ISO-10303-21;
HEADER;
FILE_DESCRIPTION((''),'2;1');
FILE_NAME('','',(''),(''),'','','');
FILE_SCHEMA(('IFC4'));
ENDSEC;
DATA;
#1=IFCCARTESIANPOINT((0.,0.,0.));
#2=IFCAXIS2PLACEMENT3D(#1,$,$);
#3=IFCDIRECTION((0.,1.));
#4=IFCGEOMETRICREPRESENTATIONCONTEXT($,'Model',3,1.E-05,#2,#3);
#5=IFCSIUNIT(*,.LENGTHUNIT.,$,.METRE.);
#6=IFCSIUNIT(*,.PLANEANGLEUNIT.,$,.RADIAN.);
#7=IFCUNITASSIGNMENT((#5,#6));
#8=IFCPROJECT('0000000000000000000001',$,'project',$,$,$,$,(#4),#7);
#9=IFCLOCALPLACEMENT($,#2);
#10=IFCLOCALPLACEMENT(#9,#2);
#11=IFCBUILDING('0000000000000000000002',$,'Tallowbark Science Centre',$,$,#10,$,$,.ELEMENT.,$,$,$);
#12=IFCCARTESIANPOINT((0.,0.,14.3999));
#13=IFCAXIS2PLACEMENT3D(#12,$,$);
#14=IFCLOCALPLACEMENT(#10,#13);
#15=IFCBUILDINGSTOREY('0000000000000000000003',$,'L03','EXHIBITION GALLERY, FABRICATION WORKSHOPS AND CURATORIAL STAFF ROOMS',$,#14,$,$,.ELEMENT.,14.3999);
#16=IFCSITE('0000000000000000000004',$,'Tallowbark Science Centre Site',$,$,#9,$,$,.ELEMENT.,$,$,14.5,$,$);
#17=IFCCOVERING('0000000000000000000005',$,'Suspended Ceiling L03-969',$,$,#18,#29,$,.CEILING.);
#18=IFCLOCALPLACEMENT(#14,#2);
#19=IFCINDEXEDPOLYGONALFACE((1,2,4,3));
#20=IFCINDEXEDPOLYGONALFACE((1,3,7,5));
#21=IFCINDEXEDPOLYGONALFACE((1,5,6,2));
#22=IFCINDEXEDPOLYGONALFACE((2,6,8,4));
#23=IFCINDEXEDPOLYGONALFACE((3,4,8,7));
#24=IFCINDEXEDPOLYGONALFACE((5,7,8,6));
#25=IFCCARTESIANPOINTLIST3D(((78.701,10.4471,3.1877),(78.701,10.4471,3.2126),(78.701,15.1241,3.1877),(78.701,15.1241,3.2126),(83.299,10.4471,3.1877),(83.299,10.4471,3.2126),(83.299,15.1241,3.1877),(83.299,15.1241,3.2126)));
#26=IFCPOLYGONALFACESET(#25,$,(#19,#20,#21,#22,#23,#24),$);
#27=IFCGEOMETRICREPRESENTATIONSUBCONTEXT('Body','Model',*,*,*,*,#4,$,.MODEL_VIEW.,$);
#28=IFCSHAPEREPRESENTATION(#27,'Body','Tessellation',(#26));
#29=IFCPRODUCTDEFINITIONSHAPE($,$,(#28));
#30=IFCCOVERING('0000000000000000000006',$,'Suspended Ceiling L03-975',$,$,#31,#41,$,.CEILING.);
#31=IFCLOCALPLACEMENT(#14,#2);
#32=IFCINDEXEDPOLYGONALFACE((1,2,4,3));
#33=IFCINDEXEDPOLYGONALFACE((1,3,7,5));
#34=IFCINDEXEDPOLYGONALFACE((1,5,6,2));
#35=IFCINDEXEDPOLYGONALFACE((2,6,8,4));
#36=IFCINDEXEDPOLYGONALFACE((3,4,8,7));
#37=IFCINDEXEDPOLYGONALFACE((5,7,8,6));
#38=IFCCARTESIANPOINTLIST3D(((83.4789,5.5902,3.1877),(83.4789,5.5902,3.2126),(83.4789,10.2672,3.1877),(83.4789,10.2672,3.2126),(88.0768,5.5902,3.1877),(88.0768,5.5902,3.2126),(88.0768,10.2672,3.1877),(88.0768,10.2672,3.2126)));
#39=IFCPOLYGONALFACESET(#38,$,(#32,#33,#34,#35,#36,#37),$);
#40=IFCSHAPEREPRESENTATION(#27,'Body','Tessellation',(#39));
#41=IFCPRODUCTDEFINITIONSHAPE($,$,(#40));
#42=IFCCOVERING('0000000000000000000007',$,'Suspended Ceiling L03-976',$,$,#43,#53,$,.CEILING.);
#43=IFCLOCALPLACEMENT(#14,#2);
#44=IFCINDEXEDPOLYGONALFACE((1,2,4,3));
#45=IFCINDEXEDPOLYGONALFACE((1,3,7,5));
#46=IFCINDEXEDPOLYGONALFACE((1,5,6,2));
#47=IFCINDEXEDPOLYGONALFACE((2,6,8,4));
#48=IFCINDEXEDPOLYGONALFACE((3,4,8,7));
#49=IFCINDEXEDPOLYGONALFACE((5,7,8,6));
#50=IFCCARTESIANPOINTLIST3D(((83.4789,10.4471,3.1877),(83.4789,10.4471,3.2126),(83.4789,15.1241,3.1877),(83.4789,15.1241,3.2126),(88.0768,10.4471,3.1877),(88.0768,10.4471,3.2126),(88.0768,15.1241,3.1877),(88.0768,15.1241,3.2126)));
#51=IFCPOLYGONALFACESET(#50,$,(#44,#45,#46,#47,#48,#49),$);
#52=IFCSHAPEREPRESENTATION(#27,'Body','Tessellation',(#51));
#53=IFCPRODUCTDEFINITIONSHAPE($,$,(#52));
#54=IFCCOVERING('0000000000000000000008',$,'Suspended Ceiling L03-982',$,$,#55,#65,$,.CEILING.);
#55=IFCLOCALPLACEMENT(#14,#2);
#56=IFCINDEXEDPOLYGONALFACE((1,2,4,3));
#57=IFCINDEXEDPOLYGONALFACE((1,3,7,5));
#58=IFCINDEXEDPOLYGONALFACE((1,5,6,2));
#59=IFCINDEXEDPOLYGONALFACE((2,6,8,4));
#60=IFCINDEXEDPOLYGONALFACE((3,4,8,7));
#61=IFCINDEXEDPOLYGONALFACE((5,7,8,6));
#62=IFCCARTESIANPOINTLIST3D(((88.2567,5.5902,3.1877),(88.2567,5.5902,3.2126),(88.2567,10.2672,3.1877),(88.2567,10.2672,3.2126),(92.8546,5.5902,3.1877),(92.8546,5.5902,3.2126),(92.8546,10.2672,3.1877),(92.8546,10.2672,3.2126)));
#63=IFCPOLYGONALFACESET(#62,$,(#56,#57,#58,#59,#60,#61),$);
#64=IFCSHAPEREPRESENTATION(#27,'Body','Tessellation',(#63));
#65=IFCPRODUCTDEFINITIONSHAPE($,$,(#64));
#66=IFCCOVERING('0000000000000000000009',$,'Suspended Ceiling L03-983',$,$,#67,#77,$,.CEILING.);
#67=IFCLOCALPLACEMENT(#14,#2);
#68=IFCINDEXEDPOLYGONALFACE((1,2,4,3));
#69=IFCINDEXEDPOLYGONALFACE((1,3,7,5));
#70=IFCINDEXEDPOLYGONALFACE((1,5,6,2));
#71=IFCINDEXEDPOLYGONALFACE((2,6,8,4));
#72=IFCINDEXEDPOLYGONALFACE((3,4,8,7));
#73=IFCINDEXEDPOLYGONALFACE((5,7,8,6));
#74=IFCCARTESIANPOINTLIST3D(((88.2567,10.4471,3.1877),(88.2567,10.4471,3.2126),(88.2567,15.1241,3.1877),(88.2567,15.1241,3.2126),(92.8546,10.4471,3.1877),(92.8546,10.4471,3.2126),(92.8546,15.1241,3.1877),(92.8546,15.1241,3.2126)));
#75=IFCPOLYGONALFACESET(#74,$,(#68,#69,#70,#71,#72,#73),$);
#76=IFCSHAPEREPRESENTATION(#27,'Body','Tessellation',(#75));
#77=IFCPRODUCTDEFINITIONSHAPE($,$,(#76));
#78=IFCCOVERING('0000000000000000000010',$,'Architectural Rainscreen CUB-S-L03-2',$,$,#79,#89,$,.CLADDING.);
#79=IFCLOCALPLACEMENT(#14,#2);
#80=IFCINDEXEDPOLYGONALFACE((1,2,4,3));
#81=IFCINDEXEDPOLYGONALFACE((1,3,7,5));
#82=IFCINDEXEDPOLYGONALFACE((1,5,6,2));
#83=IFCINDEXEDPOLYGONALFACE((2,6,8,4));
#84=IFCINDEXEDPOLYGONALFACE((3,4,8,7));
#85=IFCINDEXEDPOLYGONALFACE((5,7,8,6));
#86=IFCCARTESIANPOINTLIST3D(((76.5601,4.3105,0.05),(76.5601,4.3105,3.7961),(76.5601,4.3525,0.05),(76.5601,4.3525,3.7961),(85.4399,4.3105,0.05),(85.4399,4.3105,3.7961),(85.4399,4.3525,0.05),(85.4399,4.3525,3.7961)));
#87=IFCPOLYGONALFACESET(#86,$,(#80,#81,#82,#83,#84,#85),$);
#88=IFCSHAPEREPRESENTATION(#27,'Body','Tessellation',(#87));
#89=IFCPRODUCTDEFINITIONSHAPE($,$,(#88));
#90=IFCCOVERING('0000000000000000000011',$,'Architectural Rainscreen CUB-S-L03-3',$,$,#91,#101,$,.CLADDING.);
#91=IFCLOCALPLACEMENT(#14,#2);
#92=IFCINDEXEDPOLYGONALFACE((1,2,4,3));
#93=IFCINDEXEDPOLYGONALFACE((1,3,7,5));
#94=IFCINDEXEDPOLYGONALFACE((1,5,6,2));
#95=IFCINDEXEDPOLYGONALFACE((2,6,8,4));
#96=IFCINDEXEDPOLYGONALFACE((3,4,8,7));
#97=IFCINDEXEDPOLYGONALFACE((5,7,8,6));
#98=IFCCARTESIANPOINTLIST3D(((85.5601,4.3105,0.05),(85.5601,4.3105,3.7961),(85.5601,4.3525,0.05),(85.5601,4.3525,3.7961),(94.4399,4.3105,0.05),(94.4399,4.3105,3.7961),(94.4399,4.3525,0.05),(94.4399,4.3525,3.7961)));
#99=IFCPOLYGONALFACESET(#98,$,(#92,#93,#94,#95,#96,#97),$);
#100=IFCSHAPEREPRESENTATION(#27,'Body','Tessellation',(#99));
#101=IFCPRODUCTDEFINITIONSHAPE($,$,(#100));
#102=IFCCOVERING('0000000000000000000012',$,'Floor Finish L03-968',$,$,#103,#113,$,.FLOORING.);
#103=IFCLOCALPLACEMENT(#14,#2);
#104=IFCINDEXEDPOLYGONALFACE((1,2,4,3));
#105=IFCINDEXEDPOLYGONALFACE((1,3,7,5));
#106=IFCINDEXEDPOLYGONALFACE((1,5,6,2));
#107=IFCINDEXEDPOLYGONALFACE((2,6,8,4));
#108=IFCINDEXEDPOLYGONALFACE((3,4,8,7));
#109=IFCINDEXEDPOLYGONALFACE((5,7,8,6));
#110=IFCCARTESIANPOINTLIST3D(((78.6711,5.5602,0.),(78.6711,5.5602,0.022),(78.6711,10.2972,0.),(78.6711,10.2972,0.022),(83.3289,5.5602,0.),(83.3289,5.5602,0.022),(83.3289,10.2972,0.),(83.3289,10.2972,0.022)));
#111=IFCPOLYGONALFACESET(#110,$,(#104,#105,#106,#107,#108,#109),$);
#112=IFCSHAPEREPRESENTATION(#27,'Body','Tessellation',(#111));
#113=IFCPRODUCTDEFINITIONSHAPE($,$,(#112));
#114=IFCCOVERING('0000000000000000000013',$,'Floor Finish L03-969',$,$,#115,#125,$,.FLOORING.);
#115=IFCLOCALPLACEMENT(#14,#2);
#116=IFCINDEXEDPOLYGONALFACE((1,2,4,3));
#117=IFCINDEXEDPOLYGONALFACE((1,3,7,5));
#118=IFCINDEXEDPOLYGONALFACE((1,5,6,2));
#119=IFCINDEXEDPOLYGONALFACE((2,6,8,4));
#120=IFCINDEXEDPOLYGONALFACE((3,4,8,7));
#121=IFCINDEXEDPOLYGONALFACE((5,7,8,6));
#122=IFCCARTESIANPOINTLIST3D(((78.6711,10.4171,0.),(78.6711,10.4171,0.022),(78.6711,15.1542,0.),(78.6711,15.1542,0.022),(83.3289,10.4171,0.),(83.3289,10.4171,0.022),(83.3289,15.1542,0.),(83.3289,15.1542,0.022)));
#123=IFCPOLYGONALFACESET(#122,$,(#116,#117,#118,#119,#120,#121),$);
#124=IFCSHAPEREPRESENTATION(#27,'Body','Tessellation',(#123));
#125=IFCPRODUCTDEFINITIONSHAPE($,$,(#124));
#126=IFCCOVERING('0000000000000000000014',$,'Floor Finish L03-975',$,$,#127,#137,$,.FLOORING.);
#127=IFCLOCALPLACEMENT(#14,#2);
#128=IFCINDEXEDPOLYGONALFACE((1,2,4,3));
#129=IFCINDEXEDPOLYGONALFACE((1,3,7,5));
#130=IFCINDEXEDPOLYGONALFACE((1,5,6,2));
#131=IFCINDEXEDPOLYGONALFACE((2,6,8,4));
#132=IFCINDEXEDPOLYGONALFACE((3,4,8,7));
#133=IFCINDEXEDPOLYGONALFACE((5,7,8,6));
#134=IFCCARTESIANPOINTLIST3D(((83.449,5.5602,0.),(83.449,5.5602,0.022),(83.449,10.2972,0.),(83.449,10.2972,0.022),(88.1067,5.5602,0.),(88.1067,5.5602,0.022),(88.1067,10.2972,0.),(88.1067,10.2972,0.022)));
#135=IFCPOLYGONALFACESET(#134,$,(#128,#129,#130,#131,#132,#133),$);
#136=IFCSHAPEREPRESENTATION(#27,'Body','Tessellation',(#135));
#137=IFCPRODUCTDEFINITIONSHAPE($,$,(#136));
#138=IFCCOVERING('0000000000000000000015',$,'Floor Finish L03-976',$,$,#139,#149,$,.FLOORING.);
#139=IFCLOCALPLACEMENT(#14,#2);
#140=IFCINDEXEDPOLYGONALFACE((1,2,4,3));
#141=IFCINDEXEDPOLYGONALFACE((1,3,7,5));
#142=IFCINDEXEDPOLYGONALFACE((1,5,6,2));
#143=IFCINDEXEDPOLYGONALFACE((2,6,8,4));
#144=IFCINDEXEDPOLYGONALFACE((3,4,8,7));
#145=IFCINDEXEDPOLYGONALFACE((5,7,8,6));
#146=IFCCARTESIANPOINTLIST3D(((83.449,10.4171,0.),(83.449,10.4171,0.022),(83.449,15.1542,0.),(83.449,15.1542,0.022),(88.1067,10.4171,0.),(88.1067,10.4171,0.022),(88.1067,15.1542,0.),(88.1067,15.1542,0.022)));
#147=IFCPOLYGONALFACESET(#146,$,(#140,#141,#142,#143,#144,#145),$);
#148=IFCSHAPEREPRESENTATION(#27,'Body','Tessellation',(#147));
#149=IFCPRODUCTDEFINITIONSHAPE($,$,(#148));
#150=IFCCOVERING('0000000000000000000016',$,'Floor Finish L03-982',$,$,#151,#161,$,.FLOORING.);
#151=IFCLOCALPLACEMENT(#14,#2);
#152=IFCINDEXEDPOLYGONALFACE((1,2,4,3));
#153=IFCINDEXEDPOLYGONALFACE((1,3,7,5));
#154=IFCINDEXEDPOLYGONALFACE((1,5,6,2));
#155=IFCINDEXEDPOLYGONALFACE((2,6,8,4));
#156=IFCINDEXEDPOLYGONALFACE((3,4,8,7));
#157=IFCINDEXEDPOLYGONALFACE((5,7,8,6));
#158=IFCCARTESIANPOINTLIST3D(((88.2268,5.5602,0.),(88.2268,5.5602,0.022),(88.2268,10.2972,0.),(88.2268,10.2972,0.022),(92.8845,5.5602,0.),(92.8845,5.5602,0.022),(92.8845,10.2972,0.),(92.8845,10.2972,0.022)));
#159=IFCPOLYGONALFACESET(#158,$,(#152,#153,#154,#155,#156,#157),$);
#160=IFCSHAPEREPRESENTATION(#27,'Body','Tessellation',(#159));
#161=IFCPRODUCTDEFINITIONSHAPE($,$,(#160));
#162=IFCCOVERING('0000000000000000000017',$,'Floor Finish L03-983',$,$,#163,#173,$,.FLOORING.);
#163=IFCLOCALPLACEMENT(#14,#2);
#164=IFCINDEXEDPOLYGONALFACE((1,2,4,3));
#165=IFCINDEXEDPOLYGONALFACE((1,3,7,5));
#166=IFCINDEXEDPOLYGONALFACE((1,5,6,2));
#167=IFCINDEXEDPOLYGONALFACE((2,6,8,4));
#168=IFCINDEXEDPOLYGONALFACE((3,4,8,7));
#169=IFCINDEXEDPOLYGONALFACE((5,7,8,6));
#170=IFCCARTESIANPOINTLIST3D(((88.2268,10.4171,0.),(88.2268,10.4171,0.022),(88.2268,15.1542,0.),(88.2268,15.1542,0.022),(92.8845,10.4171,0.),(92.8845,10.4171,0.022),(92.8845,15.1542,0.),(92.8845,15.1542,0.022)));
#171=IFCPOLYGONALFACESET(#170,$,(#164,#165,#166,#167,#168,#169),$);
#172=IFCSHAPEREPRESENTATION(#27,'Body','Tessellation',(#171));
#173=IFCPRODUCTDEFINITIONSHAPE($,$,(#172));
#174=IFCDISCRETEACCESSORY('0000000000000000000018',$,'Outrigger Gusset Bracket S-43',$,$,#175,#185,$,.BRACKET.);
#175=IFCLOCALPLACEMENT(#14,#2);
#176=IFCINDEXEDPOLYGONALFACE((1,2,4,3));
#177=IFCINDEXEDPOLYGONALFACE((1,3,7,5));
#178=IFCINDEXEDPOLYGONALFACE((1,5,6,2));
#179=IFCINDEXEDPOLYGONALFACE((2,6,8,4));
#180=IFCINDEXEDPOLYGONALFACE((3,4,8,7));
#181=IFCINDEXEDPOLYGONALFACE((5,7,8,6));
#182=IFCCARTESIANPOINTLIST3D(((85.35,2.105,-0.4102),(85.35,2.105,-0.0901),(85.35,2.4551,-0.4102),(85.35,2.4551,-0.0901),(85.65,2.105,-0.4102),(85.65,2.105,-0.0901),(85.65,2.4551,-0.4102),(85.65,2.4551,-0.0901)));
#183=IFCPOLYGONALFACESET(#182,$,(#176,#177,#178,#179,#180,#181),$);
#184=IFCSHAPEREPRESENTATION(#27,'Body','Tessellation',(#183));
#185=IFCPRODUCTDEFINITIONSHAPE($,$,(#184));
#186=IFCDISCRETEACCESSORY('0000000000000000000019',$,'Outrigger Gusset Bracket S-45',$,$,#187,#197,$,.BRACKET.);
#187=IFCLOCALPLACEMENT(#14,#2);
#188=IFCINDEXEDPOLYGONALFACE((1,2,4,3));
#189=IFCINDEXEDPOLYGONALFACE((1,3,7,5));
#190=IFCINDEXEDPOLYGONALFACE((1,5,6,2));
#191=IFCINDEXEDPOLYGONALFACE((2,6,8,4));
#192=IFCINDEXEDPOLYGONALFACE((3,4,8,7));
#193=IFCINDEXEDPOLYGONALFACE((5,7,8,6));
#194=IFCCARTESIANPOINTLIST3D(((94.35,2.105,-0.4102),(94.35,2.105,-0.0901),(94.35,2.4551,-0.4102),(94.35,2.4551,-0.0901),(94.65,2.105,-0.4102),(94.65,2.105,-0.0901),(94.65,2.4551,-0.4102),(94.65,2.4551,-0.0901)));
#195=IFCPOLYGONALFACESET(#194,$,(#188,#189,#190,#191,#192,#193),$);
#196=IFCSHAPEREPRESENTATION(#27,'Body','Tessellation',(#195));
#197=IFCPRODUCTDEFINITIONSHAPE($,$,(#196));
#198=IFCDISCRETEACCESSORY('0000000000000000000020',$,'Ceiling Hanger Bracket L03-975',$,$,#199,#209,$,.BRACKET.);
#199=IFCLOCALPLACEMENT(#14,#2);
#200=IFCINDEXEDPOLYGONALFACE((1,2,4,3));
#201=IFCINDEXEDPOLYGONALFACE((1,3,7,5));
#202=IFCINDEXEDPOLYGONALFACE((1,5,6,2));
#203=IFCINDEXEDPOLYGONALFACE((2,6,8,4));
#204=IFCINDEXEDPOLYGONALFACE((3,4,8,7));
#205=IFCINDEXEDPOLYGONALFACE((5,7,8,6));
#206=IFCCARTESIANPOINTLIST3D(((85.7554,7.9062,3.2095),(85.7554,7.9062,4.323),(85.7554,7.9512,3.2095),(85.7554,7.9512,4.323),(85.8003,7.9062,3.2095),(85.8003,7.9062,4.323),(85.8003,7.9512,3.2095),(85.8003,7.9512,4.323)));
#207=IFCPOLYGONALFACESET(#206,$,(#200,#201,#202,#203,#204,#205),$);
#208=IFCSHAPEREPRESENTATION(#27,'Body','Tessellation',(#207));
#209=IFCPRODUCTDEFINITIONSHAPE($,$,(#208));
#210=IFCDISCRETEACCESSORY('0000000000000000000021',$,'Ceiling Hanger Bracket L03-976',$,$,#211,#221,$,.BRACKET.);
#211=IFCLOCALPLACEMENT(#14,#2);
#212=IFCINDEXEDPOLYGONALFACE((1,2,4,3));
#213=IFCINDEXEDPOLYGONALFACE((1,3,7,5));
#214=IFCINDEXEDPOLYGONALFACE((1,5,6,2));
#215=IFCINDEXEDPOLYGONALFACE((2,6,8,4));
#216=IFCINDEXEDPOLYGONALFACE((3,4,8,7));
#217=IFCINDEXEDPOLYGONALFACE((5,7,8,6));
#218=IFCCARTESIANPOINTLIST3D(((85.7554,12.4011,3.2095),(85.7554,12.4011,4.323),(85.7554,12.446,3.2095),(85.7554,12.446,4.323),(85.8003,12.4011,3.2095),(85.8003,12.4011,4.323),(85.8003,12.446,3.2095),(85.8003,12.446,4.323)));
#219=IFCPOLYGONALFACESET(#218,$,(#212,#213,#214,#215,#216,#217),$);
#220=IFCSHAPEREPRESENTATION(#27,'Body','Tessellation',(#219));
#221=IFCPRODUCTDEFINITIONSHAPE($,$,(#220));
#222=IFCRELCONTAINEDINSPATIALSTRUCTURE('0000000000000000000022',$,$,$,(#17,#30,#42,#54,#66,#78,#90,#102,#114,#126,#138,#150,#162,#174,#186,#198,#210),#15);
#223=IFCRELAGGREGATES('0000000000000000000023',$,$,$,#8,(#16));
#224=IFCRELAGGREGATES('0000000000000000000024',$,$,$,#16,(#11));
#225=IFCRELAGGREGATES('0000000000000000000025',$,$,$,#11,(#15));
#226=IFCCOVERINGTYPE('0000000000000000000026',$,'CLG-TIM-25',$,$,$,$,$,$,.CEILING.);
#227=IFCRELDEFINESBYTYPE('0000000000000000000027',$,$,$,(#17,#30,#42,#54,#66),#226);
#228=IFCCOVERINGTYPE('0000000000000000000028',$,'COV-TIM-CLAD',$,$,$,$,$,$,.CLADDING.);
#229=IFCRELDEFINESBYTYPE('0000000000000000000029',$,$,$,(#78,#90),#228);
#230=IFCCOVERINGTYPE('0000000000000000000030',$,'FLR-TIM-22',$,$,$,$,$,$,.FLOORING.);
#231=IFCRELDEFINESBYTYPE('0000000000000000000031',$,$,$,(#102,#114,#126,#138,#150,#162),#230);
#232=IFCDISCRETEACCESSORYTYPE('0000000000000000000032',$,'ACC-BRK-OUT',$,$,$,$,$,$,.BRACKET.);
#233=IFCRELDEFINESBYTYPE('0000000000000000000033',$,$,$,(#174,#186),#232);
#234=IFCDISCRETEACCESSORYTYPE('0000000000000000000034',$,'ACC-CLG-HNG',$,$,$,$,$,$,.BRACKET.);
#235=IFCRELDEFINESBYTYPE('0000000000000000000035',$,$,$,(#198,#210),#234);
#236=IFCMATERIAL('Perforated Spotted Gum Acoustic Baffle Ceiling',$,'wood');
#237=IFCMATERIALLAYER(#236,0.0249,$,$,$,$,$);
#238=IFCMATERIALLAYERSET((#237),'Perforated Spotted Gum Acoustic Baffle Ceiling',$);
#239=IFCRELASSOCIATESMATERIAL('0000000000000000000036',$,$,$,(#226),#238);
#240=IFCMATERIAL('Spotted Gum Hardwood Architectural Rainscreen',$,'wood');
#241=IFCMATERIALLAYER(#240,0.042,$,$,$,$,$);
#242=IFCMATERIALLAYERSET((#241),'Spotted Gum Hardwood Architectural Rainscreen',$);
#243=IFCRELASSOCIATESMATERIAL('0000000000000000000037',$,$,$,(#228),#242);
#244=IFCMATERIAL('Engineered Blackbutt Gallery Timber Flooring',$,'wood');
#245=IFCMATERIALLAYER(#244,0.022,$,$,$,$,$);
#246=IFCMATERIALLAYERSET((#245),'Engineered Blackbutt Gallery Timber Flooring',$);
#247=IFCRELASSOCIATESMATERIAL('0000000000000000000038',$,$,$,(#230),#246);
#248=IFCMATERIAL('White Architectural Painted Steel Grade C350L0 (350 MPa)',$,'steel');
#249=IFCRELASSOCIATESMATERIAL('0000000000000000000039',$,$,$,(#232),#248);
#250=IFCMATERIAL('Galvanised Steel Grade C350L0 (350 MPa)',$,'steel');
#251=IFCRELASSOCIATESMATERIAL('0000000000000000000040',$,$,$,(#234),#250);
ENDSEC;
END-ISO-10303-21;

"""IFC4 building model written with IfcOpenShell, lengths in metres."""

from ifc_helpers import new_model, si_unit, direction, frame, origin, origin_2d, place, context, subcontext, project, spatial, rectangle, extrude, material, layer, layer_set, type_object, element, save


model = new_model("IFC4")

# Units and contexts
model_context = context("Model", 3, precision=1e-05, world=origin(), true_north=direction((0.0, 1.0)))
body_context = subcontext(model_context, "Body", "Model", "MODEL_VIEW")
ifc_project = project(units=[si_unit("LENGTHUNIT", "METRE"), si_unit("PLANEANGLEUNIT", "RADIAN")], contexts=[model_context])

# Site, building, storey
site_placement = place(None, origin())
site = spatial("IfcSite", under=ifc_project, at=site_placement, Name="Tallowbark Science Centre Site", CompositionType="ELEMENT", RefElevation=14.5)
building_placement = place(site_placement, origin())
building = spatial("IfcBuilding", under=site, at=building_placement, Name="Tallowbark Science Centre", CompositionType="ELEMENT")
storey_placement = place(building_placement, frame((0.0, 0.0, 14.3999)))
storey = spatial("IfcBuildingStorey", under=building, at=storey_placement, Name="L03", Description="EXHIBITION GALLERY, FABRICATION WORKSHOPS AND CURATORIAL STAFF ROOMS", CompositionType="ELEMENT", Elevation=14.3999)

# Shared definitions
ifc_material_1 = material(Name="White Architectural Painted Steel Grade C350L0 (350 MPa)", Category="steel")

# Coverings
ifc_material_2 = material(Name="Perforated Spotted Gum Acoustic Baffle Ceiling", Category="wood")
ifc_layer_1 = layer(ifc_material_2, 0.0249)
ifc_layer_set_1 = layer_set([ifc_layer_1], Name="Perforated Spotted Gum Acoustic Baffle Ceiling")
covering_type_1 = type_object("IfcCoveringType", Name="CLG-TIM-25", PredefinedType="CEILING", material=ifc_layer_set_1)
for number, where, z_axis, x_axis, name in (
    (1, (81.0, 12.7856, 3.1877), (0.0, 0.0, 1.0), (1.0, 0.0, 0.0), "Suspended Ceiling L03-969"),
    (2, (85.7778, 7.9287, 3.1877), (0.0, 0.0, 1.0), (1.0, 0.0, 0.0), "Suspended Ceiling L03-975"),
    (3, (85.7778, 12.7856, 3.1877), (0.0, 0.0, 1.0), (1.0, 0.0, 0.0), "Suspended Ceiling L03-976"),
    (4, (90.5557, 7.9287, 3.1877), (0.0, 0.0, 1.0), (1.0, 0.0, 0.0), "Suspended Ceiling L03-982"),
    (5, (90.5557, 12.7856, 3.1877), (0.0, 0.0, 1.0), (1.0, 0.0, 0.0), "Suspended Ceiling L03-983"),
):
    element("IfcCovering", number, at=place(storey_placement, frame(where, z_axis=z_axis, x_axis=x_axis)), inside=storey, type_object=covering_type_1, Name=name, PredefinedType="CEILING", context=body_context, shape_type="SweptSolid", body=[
        extrude(rectangle(XDim=4.5979, YDim=4.677, at=origin_2d()), origin(), (0.0, 0.0, 1.0), 0.0249),
    ])
ifc_material_3 = material(Name="Spotted Gum Hardwood Architectural Rainscreen", Category="wood")
ifc_layer_2 = layer(ifc_material_3, 0.042)
ifc_layer_set_2 = layer_set([ifc_layer_2], Name="Spotted Gum Hardwood Architectural Rainscreen")
covering_type_2 = type_object("IfcCoveringType", Name="COV-TIM-CLAD", PredefinedType="CLADDING", material=ifc_layer_set_2)
for number, where, z_axis, x_axis, name in (
    (6, (81.0, 4.3315, 0.05), (0.0, 0.0, 1.0), (1.0, 0.0, 0.0), "Architectural Rainscreen CUB-S-L03-2"),
    (7, (90.0, 4.3315, 0.05), (0.0, 0.0, 1.0), (1.0, 0.0, 0.0), "Architectural Rainscreen CUB-S-L03-3"),
):
    element("IfcCovering", number, at=place(storey_placement, frame(where, z_axis=z_axis, x_axis=x_axis)), inside=storey, type_object=covering_type_2, Name=name, PredefinedType="CLADDING", context=body_context, shape_type="SweptSolid", body=[
        extrude(rectangle(XDim=8.8799, YDim=0.042, at=origin_2d()), origin(), (0.0, 0.0, 1.0), 3.7461),
    ])
ifc_material_4 = material(Name="Engineered Blackbutt Gallery Timber Flooring", Category="wood")
ifc_layer_3 = layer(ifc_material_4, 0.022)
ifc_layer_set_3 = layer_set([ifc_layer_3], Name="Engineered Blackbutt Gallery Timber Flooring")
covering_type_3 = type_object("IfcCoveringType", Name="FLR-TIM-22", PredefinedType="FLOORING", material=ifc_layer_set_3)
for number, where, z_axis, x_axis, name in (
    (8, (81.0, 7.9287, 0.0), (0.0, 0.0, 1.0), (1.0, 0.0, 0.0), "Floor Finish L03-968"),
    (9, (81.0, 12.7856, 0.0), (0.0, 0.0, 1.0), (1.0, 0.0, 0.0), "Floor Finish L03-969"),
    (10, (85.7778, 7.9287, 0.0), (0.0, 0.0, 1.0), (1.0, 0.0, 0.0), "Floor Finish L03-975"),
    (11, (85.7778, 12.7856, 0.0), (0.0, 0.0, 1.0), (1.0, 0.0, 0.0), "Floor Finish L03-976"),
    (12, (90.5557, 7.9287, 0.0), (0.0, 0.0, 1.0), (1.0, 0.0, 0.0), "Floor Finish L03-982"),
    (13, (90.5557, 12.7856, 0.0), (0.0, 0.0, 1.0), (1.0, 0.0, 0.0), "Floor Finish L03-983"),
):
    element("IfcCovering", number, at=place(storey_placement, frame(where, z_axis=z_axis, x_axis=x_axis)), inside=storey, type_object=covering_type_3, Name=name, PredefinedType="FLOORING", context=body_context, shape_type="SweptSolid", body=[
        extrude(rectangle(XDim=4.6577, YDim=4.7371, at=origin_2d()), origin(), (0.0, 0.0, 1.0), 0.022),
    ])

# Discrete accessories
discrete_accessory_type_1 = type_object("IfcDiscreteAccessoryType", Name="ACC-BRK-OUT", PredefinedType="BRACKET", material=ifc_material_1)
for number, where, z_axis, x_axis, name in (
    (14, (85.5, 2.28, -0.4102), (0.0, 0.0, 1.0), (1.0, 0.0, 0.0), "Outrigger Gusset Bracket S-43"),
    (15, (94.5, 2.28, -0.4102), (0.0, 0.0, 1.0), (1.0, 0.0, 0.0), "Outrigger Gusset Bracket S-45"),
):
    element("IfcDiscreteAccessory", number, at=place(storey_placement, frame(where, z_axis=z_axis, x_axis=x_axis)), inside=storey, type_object=discrete_accessory_type_1, Name=name, PredefinedType="BRACKET", context=body_context, shape_type="SweptSolid", body=[
        extrude(rectangle(XDim=0.3, YDim=0.3501, at=origin_2d()), origin(), (0.0, 0.0, 1.0), 0.3201),
    ])
ifc_material_5 = material(Name="Galvanised Steel Grade C350L0 (350 MPa)", Category="steel")
discrete_accessory_type_2 = type_object("IfcDiscreteAccessoryType", Name="ACC-CLG-HNG", PredefinedType="BRACKET", material=ifc_material_5)
for number, where, z_axis, x_axis, name in (
    (16, (85.7778, 7.9287, 3.2095), (0.0, 0.0, 1.0), (1.0, 0.0, 0.0), "Ceiling Hanger Bracket L03-975"),
    (17, (85.7778, 12.4236, 3.2095), (0.0, 0.0, 1.0), (1.0, 0.0, 0.0), "Ceiling Hanger Bracket L03-976"),
):
    element("IfcDiscreteAccessory", number, at=place(storey_placement, frame(where, z_axis=z_axis, x_axis=x_axis)), inside=storey, type_object=discrete_accessory_type_2, Name=name, PredefinedType="BRACKET", context=body_context, shape_type="SweptSolid", body=[
        extrude(rectangle(XDim=0.0449, YDim=0.0449, at=origin_2d()), origin(), (0.0, 0.0, 1.0), 1.1135),
    ])

save(model, "model.ifc")
